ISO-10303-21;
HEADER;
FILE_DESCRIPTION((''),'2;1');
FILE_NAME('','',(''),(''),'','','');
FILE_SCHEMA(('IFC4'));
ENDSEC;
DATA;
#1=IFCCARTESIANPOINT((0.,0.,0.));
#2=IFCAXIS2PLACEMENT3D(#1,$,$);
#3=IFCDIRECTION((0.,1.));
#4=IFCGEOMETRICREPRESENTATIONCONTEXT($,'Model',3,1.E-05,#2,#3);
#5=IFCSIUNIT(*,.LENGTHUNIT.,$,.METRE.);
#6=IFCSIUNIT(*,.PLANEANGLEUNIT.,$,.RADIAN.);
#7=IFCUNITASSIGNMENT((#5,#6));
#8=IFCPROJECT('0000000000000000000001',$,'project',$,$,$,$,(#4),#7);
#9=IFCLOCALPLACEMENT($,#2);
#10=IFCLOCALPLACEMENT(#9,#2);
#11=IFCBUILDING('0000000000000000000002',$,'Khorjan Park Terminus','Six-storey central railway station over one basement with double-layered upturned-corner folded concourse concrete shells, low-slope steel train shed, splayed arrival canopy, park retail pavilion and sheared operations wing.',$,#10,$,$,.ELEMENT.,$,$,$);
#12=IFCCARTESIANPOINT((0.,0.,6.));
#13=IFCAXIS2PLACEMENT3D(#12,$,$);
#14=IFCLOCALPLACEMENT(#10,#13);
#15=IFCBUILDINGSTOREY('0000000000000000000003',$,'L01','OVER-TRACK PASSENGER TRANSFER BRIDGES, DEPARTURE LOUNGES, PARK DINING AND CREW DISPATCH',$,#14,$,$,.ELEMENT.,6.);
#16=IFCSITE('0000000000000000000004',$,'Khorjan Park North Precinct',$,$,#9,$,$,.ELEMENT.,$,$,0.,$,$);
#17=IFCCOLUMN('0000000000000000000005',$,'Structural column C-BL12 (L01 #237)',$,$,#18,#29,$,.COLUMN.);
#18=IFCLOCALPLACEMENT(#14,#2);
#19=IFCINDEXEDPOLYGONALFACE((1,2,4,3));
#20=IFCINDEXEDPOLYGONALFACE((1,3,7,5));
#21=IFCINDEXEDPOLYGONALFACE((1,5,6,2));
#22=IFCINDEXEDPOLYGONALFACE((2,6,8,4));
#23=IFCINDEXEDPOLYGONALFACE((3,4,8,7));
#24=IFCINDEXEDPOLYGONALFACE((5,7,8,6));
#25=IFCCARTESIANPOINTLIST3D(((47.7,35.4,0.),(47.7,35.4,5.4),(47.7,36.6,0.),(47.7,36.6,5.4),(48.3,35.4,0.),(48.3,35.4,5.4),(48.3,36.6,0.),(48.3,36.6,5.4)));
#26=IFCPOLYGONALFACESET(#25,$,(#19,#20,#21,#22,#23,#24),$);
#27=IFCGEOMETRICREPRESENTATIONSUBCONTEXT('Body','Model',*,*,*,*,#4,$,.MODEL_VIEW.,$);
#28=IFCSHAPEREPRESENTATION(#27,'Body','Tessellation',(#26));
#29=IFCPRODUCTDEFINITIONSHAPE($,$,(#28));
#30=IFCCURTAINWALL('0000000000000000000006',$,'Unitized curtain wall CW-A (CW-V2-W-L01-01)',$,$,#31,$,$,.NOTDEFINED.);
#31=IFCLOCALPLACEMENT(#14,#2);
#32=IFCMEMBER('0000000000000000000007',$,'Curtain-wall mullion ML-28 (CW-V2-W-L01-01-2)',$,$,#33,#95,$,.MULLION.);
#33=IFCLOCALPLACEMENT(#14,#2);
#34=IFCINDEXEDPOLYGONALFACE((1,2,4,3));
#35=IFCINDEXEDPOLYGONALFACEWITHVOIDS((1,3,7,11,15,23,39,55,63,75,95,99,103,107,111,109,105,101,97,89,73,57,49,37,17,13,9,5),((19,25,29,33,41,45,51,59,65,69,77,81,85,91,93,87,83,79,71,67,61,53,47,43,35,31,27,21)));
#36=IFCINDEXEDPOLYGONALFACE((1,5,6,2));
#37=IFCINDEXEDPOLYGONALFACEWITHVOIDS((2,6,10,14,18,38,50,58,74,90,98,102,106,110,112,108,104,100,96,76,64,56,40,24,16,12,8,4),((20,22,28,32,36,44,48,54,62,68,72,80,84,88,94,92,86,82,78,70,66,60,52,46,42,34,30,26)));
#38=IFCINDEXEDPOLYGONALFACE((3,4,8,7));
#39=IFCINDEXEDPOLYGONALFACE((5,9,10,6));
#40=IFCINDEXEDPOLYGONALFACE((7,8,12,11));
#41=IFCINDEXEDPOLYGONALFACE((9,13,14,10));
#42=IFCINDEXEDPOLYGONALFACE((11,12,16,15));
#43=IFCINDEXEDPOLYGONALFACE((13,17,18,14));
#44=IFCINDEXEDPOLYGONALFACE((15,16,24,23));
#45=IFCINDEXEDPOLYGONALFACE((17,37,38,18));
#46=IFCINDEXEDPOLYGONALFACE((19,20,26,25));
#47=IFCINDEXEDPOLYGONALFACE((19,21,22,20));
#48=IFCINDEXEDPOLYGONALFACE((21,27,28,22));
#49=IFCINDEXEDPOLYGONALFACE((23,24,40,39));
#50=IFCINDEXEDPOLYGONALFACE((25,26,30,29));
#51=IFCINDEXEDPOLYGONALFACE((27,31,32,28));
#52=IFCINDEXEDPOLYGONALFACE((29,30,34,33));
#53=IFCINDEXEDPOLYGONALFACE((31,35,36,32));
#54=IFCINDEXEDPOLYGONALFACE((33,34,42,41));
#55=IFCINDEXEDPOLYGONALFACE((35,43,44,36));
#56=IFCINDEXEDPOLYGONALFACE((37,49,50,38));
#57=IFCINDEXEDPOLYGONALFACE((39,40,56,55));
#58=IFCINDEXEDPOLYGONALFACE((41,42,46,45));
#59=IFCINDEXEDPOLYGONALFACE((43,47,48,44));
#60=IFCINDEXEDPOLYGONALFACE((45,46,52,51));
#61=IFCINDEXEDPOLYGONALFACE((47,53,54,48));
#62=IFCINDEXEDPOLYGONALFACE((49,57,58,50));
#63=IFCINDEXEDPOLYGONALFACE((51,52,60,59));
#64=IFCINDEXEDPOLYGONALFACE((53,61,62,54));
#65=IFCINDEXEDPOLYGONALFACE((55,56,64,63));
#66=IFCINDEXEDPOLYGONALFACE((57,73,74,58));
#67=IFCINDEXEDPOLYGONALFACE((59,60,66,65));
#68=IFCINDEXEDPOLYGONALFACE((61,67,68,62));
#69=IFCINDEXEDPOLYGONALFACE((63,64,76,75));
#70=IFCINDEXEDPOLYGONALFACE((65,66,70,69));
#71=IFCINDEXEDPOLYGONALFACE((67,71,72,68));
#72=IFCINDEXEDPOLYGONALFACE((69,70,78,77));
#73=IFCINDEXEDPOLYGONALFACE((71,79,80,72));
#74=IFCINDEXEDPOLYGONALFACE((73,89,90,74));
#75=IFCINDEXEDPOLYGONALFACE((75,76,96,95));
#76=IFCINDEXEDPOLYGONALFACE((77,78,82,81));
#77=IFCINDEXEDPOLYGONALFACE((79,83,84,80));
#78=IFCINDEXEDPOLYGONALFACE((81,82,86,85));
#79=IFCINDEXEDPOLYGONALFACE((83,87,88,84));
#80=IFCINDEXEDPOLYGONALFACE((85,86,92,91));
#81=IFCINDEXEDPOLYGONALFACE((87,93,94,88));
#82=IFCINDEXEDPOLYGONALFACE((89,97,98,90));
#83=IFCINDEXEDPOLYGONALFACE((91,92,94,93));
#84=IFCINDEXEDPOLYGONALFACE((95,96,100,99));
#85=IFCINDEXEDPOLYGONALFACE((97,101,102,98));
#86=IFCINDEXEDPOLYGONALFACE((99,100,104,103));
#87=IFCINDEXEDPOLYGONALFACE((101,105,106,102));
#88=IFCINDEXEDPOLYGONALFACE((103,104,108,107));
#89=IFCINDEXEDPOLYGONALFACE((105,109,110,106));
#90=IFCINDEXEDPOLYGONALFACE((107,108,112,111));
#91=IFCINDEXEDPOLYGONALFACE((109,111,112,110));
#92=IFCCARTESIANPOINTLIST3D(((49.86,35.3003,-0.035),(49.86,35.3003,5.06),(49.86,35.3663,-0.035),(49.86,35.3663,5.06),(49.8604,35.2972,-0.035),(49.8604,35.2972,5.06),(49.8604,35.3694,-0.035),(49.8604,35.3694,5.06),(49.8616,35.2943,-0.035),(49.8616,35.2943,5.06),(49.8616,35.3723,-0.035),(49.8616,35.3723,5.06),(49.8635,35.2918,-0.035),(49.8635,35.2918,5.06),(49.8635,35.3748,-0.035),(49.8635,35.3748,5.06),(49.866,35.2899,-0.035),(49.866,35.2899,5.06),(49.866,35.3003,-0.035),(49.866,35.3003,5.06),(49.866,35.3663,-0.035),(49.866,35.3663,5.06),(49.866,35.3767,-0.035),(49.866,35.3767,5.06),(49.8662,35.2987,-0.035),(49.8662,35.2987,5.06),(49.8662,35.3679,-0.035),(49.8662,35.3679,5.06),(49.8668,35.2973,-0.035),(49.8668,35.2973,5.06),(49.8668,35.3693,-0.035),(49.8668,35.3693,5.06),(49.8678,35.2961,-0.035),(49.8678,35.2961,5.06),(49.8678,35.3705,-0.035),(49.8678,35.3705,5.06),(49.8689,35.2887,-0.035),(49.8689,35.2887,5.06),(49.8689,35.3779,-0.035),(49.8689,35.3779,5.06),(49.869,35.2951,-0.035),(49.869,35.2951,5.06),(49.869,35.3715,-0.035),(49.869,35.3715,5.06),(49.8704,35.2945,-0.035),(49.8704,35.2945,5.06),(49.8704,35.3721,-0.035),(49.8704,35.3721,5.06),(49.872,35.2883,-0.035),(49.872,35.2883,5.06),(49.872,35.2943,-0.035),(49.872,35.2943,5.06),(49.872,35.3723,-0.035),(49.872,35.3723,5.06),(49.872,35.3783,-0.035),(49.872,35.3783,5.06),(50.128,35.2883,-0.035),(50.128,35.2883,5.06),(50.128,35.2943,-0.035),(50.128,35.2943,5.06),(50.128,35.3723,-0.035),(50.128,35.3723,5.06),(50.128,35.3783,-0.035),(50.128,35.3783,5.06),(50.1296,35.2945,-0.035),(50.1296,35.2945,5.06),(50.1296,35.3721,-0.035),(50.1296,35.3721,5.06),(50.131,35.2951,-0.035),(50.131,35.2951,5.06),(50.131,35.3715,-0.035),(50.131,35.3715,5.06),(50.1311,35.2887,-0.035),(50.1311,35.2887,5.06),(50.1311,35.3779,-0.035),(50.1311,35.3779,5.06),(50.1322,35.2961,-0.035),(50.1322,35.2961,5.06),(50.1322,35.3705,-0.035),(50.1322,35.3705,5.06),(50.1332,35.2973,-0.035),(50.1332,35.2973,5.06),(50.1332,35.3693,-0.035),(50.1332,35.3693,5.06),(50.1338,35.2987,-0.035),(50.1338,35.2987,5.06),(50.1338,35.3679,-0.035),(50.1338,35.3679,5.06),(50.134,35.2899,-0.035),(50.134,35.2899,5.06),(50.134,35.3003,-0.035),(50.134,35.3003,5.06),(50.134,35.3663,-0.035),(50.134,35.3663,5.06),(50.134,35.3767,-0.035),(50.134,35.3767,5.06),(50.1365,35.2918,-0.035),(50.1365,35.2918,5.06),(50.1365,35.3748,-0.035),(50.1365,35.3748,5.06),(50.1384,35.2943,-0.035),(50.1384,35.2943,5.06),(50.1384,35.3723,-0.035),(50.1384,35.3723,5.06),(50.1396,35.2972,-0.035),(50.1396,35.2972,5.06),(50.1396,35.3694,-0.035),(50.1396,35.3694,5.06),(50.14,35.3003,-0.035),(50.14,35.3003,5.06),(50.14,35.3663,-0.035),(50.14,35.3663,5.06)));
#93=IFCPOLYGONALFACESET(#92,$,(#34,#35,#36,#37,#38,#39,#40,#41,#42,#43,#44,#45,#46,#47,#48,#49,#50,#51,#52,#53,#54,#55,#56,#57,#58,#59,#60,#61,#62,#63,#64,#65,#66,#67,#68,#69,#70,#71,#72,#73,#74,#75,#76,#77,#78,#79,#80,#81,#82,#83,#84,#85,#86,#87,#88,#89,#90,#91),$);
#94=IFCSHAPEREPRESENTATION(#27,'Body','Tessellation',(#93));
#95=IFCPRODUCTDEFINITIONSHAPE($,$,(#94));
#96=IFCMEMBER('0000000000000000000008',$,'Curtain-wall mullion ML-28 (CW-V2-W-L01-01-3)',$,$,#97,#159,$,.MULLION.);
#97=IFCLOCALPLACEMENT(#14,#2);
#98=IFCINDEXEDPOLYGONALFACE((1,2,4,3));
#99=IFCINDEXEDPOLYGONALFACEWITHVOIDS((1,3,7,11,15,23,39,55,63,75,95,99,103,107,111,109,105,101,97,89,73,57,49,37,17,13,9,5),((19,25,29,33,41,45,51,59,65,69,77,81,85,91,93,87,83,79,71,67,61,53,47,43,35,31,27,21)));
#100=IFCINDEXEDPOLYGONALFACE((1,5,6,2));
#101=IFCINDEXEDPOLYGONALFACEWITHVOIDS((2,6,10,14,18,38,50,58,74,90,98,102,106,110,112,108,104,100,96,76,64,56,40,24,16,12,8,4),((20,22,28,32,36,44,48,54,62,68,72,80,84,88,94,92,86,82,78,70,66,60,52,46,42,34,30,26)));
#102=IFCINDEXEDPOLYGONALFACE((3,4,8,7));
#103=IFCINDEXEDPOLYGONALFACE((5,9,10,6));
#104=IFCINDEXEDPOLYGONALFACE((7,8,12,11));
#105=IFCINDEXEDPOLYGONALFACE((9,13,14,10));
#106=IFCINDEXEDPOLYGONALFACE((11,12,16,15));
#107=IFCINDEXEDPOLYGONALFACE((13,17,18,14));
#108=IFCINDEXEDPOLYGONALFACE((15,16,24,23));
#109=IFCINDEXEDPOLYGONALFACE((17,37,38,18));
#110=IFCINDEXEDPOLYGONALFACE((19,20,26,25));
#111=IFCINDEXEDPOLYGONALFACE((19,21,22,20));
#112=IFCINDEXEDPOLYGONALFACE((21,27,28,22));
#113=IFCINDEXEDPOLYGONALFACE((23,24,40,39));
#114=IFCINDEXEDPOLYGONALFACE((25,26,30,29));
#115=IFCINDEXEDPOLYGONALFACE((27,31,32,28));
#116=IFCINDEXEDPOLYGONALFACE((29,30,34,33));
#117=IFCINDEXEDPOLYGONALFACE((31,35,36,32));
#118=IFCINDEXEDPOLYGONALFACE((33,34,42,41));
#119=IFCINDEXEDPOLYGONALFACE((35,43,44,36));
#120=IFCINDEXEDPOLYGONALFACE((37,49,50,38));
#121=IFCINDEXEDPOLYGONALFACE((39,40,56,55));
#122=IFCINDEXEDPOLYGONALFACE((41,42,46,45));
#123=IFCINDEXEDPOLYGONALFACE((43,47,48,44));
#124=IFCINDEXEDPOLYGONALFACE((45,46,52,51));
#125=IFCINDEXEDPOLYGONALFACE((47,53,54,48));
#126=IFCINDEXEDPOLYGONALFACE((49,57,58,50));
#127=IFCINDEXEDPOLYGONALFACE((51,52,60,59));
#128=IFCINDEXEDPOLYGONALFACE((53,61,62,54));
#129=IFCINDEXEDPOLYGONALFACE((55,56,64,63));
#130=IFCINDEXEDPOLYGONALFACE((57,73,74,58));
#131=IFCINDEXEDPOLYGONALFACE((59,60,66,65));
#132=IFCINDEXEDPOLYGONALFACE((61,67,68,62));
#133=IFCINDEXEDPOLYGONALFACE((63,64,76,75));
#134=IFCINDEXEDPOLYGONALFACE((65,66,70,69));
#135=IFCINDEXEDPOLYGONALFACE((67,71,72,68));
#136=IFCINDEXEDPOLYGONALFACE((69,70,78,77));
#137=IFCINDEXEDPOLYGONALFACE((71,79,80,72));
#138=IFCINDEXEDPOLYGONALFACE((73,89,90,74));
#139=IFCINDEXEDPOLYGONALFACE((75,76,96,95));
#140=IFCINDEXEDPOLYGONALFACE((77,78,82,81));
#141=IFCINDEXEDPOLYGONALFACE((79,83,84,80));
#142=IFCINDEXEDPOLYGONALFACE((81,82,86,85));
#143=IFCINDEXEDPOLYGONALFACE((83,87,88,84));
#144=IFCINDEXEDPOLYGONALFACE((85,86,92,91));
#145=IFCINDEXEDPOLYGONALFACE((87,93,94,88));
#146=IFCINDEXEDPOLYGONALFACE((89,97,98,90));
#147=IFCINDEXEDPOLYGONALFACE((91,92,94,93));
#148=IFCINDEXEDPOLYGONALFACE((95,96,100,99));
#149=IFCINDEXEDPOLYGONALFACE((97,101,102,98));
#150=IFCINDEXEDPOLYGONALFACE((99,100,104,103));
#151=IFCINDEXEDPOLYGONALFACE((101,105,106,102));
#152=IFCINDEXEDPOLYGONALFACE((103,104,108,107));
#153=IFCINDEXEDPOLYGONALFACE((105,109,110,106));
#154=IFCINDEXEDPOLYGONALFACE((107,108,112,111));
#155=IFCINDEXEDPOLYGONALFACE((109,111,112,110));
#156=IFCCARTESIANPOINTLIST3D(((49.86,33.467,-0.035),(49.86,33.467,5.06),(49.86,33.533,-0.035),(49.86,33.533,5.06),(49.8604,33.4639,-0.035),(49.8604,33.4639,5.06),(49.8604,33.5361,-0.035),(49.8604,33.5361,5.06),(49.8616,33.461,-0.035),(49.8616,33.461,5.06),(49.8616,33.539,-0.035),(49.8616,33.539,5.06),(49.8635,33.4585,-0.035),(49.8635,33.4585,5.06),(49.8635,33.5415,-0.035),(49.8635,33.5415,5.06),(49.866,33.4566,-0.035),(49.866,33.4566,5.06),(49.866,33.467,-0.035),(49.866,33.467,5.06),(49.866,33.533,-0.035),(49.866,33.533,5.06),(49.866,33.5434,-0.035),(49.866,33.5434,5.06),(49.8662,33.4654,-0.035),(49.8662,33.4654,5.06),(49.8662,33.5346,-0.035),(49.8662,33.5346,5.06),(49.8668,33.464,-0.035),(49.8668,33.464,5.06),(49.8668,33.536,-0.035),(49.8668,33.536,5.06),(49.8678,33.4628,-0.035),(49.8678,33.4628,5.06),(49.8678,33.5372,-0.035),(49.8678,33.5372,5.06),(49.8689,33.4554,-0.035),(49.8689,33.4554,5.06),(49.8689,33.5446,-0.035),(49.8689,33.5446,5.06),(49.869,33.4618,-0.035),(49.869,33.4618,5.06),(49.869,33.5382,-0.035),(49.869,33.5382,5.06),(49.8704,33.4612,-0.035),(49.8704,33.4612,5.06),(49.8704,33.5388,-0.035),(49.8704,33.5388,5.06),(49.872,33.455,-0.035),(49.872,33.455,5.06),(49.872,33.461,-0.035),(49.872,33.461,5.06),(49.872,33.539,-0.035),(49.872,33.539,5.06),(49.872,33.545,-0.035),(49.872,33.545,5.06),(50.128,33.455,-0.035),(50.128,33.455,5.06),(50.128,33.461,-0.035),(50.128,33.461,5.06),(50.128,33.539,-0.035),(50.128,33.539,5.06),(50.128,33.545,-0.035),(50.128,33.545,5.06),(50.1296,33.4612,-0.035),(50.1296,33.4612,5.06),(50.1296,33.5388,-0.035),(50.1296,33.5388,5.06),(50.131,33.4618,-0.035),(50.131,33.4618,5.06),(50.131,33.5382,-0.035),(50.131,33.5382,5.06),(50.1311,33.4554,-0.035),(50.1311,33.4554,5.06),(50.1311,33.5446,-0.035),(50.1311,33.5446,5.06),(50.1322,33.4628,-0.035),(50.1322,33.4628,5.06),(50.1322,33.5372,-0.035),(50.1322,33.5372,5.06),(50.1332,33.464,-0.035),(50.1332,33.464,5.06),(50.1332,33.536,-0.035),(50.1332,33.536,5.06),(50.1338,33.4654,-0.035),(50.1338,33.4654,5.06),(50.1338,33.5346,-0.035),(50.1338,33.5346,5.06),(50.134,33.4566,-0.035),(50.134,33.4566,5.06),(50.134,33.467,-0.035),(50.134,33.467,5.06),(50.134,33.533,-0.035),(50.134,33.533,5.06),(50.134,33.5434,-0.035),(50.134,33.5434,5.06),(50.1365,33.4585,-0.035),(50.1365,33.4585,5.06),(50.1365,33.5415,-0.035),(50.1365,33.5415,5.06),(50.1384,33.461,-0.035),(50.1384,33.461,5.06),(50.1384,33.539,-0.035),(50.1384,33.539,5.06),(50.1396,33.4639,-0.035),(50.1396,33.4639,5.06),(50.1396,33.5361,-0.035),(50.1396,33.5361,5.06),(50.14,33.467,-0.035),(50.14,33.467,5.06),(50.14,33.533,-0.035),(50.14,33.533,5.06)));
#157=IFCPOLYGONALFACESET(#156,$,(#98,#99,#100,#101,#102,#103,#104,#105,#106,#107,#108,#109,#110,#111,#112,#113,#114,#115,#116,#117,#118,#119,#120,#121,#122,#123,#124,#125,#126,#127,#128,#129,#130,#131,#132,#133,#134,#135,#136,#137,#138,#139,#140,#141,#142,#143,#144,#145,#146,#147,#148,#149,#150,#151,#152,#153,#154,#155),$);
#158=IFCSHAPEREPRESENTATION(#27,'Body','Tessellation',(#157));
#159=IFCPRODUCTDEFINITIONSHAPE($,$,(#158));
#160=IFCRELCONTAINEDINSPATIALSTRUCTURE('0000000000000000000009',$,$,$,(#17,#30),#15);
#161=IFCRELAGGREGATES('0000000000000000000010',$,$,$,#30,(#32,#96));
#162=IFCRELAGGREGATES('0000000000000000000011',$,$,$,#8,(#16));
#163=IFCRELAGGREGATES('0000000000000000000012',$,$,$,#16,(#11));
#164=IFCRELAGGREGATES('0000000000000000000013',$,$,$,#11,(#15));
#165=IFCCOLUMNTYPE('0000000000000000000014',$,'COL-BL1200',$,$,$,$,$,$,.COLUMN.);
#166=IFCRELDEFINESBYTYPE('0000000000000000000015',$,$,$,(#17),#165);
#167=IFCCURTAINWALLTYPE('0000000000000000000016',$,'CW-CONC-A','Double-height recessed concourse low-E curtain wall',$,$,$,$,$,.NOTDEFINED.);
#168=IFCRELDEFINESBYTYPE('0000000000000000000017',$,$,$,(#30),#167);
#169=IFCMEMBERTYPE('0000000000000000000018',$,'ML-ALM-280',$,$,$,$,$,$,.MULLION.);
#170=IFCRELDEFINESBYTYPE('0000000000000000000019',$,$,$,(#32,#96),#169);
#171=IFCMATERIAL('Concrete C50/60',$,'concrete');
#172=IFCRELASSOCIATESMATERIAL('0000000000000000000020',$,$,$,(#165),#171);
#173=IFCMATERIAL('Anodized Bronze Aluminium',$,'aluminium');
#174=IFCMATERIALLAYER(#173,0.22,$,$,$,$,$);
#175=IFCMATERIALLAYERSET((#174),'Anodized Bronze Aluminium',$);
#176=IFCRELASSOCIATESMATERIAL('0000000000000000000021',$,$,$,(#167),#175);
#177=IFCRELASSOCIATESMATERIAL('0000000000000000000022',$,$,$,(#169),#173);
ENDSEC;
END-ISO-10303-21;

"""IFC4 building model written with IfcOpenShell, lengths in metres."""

from ifc_helpers import new_model, si_unit, direction, frame, origin, origin_2d, place, context, subcontext, project, spatial, rectangle, hollow_rectangle, extrude, material, layer, layer_set, material_profile, profile_set, type_object, element, aggregate, save


model = new_model("IFC4")

# Units and contexts
model_context = context("Model", 3, precision=1e-05, world=origin(), true_north=direction((0.0, 1.0)))
body_context = subcontext(model_context, "Body", "Model", "MODEL_VIEW")
ifc_project = project(units=[si_unit("LENGTHUNIT", "METRE"), si_unit("PLANEANGLEUNIT", "RADIAN")], contexts=[model_context])

# Site, building, storey
site_placement = place(None, origin())
site = spatial("IfcSite", under=ifc_project, at=site_placement, Name="Khorjan Park North Precinct", CompositionType="ELEMENT", RefElevation=0.0)
building_placement = place(site_placement, origin())
building = spatial("IfcBuilding", under=site, at=building_placement, Name="Khorjan Park Terminus", Description="Six-storey central railway station over one basement with double-layered upturned-corner folded concourse concrete shells, low-slope steel train shed, splayed arrival canopy, park retail pavilion and sheared operations wing.", CompositionType="ELEMENT")
storey_placement = place(building_placement, frame((0.0, 0.0, 6.0)))
storey = spatial("IfcBuildingStorey", under=building, at=storey_placement, Name="L01", Description="OVER-TRACK PASSENGER TRANSFER BRIDGES, DEPARTURE LOUNGES, PARK DINING AND CREW DISPATCH", CompositionType="ELEMENT", Elevation=6.0)

# Column
ifc_material_1 = material(Name="Concrete C50/60", Category="concrete")
ifc_material_profile_1 = material_profile(ifc_material_1, rectangle(XDim=0.6, YDim=1.2, at=origin_2d()), Name="RC 600x1200")
ifc_profile_set_1 = profile_set([ifc_material_profile_1], Name="Concrete C50/60")
column_type = type_object("IfcColumnType", Name="COL-BL1200", PredefinedType="COLUMN", material=ifc_profile_set_1)
column_placement = place(storey_placement, frame((48.0, 36.0, 0.0), z_axis=(0.0, 0.0, 1.0), x_axis=(1.0, 0.0, 0.0)))
element("IfcColumn", 1, at=column_placement, inside=storey, type_object=column_type, Name="Structural column C-BL12 (L01 #237)", PredefinedType="COLUMN", context=body_context, shape_type="SweptSolid", body=[
    extrude(rectangle(XDim=0.6, YDim=1.2, at=origin_2d()), origin(), (0.0, 0.0, 1.0), 5.4),
])

# Curtain wall, members
ifc_material_2 = material(Name="Anodized Bronze Aluminium", Category="aluminium")
ifc_layer_1 = layer(ifc_material_2, 0.22)
ifc_layer_set_1 = layer_set([ifc_layer_1], Name="Anodized Bronze Aluminium")
curtain_wall_type = type_object("IfcCurtainWallType", Name="CW-CONC-A", Description="Double-height recessed concourse low-E curtain wall", PredefinedType="NOTDEFINED", material=ifc_layer_set_1)
curtain_wall_placement = place(storey_placement, origin())
curtain_wall = element("IfcCurtainWall", 2, at=curtain_wall_placement, inside=storey, type_object=curtain_wall_type, Name="Unitized curtain wall CW-A (CW-V2-W-L01-01)", PredefinedType="NOTDEFINED")
ifc_material_profile_2 = material_profile(ifc_material_2, hollow_rectangle(XDim=0.09, YDim=0.28, WallThickness=0.006, InnerFilletRadius=0.006, OuterFilletRadius=0.012, at=origin_2d()), Name="ALM 90x280x6")
ifc_profile_set_2 = profile_set([ifc_material_profile_2], Name="Anodized Bronze Aluminium")
member_type_1 = type_object("IfcMemberType", Name="ML-ALM-280", PredefinedType="MULLION", material=ifc_profile_set_2)
member_1_placement = place(storey_placement, frame((50.0, 35.3333, -0.035), z_axis=(0.0, 0.0, 1.0), x_axis=(0.0, -1.0, 0.0)))
member_1 = element("IfcMember", 3, at=member_1_placement, type_object=member_type_1, Name="Curtain-wall mullion ML-28 (CW-V2-W-L01-01-2)", PredefinedType="MULLION", context=body_context, shape_type="SweptSolid", body=[
    extrude(hollow_rectangle(XDim=0.09, YDim=0.28, WallThickness=0.006, InnerFilletRadius=0.006, OuterFilletRadius=0.012, at=origin_2d()), origin(), (0.0, 0.0, 1.0), 5.095),
])
member_2_placement = place(storey_placement, frame((50.0, 33.5, -0.035), z_axis=(0.0, 0.0, 1.0), x_axis=(0.0, -1.0, 0.0)))
member_2 = element("IfcMember", 4, at=member_2_placement, type_object=member_type_1, Name="Curtain-wall mullion ML-28 (CW-V2-W-L01-01-3)", PredefinedType="MULLION", context=body_context, shape_type="SweptSolid", body=[
    extrude(hollow_rectangle(XDim=0.09, YDim=0.28, WallThickness=0.006, InnerFilletRadius=0.006, OuterFilletRadius=0.012, at=origin_2d()), origin(), (0.0, 0.0, 1.0), 5.095),
])

aggregate(curtain_wall, [member_1, member_2])

save(model, "model.ifc")
